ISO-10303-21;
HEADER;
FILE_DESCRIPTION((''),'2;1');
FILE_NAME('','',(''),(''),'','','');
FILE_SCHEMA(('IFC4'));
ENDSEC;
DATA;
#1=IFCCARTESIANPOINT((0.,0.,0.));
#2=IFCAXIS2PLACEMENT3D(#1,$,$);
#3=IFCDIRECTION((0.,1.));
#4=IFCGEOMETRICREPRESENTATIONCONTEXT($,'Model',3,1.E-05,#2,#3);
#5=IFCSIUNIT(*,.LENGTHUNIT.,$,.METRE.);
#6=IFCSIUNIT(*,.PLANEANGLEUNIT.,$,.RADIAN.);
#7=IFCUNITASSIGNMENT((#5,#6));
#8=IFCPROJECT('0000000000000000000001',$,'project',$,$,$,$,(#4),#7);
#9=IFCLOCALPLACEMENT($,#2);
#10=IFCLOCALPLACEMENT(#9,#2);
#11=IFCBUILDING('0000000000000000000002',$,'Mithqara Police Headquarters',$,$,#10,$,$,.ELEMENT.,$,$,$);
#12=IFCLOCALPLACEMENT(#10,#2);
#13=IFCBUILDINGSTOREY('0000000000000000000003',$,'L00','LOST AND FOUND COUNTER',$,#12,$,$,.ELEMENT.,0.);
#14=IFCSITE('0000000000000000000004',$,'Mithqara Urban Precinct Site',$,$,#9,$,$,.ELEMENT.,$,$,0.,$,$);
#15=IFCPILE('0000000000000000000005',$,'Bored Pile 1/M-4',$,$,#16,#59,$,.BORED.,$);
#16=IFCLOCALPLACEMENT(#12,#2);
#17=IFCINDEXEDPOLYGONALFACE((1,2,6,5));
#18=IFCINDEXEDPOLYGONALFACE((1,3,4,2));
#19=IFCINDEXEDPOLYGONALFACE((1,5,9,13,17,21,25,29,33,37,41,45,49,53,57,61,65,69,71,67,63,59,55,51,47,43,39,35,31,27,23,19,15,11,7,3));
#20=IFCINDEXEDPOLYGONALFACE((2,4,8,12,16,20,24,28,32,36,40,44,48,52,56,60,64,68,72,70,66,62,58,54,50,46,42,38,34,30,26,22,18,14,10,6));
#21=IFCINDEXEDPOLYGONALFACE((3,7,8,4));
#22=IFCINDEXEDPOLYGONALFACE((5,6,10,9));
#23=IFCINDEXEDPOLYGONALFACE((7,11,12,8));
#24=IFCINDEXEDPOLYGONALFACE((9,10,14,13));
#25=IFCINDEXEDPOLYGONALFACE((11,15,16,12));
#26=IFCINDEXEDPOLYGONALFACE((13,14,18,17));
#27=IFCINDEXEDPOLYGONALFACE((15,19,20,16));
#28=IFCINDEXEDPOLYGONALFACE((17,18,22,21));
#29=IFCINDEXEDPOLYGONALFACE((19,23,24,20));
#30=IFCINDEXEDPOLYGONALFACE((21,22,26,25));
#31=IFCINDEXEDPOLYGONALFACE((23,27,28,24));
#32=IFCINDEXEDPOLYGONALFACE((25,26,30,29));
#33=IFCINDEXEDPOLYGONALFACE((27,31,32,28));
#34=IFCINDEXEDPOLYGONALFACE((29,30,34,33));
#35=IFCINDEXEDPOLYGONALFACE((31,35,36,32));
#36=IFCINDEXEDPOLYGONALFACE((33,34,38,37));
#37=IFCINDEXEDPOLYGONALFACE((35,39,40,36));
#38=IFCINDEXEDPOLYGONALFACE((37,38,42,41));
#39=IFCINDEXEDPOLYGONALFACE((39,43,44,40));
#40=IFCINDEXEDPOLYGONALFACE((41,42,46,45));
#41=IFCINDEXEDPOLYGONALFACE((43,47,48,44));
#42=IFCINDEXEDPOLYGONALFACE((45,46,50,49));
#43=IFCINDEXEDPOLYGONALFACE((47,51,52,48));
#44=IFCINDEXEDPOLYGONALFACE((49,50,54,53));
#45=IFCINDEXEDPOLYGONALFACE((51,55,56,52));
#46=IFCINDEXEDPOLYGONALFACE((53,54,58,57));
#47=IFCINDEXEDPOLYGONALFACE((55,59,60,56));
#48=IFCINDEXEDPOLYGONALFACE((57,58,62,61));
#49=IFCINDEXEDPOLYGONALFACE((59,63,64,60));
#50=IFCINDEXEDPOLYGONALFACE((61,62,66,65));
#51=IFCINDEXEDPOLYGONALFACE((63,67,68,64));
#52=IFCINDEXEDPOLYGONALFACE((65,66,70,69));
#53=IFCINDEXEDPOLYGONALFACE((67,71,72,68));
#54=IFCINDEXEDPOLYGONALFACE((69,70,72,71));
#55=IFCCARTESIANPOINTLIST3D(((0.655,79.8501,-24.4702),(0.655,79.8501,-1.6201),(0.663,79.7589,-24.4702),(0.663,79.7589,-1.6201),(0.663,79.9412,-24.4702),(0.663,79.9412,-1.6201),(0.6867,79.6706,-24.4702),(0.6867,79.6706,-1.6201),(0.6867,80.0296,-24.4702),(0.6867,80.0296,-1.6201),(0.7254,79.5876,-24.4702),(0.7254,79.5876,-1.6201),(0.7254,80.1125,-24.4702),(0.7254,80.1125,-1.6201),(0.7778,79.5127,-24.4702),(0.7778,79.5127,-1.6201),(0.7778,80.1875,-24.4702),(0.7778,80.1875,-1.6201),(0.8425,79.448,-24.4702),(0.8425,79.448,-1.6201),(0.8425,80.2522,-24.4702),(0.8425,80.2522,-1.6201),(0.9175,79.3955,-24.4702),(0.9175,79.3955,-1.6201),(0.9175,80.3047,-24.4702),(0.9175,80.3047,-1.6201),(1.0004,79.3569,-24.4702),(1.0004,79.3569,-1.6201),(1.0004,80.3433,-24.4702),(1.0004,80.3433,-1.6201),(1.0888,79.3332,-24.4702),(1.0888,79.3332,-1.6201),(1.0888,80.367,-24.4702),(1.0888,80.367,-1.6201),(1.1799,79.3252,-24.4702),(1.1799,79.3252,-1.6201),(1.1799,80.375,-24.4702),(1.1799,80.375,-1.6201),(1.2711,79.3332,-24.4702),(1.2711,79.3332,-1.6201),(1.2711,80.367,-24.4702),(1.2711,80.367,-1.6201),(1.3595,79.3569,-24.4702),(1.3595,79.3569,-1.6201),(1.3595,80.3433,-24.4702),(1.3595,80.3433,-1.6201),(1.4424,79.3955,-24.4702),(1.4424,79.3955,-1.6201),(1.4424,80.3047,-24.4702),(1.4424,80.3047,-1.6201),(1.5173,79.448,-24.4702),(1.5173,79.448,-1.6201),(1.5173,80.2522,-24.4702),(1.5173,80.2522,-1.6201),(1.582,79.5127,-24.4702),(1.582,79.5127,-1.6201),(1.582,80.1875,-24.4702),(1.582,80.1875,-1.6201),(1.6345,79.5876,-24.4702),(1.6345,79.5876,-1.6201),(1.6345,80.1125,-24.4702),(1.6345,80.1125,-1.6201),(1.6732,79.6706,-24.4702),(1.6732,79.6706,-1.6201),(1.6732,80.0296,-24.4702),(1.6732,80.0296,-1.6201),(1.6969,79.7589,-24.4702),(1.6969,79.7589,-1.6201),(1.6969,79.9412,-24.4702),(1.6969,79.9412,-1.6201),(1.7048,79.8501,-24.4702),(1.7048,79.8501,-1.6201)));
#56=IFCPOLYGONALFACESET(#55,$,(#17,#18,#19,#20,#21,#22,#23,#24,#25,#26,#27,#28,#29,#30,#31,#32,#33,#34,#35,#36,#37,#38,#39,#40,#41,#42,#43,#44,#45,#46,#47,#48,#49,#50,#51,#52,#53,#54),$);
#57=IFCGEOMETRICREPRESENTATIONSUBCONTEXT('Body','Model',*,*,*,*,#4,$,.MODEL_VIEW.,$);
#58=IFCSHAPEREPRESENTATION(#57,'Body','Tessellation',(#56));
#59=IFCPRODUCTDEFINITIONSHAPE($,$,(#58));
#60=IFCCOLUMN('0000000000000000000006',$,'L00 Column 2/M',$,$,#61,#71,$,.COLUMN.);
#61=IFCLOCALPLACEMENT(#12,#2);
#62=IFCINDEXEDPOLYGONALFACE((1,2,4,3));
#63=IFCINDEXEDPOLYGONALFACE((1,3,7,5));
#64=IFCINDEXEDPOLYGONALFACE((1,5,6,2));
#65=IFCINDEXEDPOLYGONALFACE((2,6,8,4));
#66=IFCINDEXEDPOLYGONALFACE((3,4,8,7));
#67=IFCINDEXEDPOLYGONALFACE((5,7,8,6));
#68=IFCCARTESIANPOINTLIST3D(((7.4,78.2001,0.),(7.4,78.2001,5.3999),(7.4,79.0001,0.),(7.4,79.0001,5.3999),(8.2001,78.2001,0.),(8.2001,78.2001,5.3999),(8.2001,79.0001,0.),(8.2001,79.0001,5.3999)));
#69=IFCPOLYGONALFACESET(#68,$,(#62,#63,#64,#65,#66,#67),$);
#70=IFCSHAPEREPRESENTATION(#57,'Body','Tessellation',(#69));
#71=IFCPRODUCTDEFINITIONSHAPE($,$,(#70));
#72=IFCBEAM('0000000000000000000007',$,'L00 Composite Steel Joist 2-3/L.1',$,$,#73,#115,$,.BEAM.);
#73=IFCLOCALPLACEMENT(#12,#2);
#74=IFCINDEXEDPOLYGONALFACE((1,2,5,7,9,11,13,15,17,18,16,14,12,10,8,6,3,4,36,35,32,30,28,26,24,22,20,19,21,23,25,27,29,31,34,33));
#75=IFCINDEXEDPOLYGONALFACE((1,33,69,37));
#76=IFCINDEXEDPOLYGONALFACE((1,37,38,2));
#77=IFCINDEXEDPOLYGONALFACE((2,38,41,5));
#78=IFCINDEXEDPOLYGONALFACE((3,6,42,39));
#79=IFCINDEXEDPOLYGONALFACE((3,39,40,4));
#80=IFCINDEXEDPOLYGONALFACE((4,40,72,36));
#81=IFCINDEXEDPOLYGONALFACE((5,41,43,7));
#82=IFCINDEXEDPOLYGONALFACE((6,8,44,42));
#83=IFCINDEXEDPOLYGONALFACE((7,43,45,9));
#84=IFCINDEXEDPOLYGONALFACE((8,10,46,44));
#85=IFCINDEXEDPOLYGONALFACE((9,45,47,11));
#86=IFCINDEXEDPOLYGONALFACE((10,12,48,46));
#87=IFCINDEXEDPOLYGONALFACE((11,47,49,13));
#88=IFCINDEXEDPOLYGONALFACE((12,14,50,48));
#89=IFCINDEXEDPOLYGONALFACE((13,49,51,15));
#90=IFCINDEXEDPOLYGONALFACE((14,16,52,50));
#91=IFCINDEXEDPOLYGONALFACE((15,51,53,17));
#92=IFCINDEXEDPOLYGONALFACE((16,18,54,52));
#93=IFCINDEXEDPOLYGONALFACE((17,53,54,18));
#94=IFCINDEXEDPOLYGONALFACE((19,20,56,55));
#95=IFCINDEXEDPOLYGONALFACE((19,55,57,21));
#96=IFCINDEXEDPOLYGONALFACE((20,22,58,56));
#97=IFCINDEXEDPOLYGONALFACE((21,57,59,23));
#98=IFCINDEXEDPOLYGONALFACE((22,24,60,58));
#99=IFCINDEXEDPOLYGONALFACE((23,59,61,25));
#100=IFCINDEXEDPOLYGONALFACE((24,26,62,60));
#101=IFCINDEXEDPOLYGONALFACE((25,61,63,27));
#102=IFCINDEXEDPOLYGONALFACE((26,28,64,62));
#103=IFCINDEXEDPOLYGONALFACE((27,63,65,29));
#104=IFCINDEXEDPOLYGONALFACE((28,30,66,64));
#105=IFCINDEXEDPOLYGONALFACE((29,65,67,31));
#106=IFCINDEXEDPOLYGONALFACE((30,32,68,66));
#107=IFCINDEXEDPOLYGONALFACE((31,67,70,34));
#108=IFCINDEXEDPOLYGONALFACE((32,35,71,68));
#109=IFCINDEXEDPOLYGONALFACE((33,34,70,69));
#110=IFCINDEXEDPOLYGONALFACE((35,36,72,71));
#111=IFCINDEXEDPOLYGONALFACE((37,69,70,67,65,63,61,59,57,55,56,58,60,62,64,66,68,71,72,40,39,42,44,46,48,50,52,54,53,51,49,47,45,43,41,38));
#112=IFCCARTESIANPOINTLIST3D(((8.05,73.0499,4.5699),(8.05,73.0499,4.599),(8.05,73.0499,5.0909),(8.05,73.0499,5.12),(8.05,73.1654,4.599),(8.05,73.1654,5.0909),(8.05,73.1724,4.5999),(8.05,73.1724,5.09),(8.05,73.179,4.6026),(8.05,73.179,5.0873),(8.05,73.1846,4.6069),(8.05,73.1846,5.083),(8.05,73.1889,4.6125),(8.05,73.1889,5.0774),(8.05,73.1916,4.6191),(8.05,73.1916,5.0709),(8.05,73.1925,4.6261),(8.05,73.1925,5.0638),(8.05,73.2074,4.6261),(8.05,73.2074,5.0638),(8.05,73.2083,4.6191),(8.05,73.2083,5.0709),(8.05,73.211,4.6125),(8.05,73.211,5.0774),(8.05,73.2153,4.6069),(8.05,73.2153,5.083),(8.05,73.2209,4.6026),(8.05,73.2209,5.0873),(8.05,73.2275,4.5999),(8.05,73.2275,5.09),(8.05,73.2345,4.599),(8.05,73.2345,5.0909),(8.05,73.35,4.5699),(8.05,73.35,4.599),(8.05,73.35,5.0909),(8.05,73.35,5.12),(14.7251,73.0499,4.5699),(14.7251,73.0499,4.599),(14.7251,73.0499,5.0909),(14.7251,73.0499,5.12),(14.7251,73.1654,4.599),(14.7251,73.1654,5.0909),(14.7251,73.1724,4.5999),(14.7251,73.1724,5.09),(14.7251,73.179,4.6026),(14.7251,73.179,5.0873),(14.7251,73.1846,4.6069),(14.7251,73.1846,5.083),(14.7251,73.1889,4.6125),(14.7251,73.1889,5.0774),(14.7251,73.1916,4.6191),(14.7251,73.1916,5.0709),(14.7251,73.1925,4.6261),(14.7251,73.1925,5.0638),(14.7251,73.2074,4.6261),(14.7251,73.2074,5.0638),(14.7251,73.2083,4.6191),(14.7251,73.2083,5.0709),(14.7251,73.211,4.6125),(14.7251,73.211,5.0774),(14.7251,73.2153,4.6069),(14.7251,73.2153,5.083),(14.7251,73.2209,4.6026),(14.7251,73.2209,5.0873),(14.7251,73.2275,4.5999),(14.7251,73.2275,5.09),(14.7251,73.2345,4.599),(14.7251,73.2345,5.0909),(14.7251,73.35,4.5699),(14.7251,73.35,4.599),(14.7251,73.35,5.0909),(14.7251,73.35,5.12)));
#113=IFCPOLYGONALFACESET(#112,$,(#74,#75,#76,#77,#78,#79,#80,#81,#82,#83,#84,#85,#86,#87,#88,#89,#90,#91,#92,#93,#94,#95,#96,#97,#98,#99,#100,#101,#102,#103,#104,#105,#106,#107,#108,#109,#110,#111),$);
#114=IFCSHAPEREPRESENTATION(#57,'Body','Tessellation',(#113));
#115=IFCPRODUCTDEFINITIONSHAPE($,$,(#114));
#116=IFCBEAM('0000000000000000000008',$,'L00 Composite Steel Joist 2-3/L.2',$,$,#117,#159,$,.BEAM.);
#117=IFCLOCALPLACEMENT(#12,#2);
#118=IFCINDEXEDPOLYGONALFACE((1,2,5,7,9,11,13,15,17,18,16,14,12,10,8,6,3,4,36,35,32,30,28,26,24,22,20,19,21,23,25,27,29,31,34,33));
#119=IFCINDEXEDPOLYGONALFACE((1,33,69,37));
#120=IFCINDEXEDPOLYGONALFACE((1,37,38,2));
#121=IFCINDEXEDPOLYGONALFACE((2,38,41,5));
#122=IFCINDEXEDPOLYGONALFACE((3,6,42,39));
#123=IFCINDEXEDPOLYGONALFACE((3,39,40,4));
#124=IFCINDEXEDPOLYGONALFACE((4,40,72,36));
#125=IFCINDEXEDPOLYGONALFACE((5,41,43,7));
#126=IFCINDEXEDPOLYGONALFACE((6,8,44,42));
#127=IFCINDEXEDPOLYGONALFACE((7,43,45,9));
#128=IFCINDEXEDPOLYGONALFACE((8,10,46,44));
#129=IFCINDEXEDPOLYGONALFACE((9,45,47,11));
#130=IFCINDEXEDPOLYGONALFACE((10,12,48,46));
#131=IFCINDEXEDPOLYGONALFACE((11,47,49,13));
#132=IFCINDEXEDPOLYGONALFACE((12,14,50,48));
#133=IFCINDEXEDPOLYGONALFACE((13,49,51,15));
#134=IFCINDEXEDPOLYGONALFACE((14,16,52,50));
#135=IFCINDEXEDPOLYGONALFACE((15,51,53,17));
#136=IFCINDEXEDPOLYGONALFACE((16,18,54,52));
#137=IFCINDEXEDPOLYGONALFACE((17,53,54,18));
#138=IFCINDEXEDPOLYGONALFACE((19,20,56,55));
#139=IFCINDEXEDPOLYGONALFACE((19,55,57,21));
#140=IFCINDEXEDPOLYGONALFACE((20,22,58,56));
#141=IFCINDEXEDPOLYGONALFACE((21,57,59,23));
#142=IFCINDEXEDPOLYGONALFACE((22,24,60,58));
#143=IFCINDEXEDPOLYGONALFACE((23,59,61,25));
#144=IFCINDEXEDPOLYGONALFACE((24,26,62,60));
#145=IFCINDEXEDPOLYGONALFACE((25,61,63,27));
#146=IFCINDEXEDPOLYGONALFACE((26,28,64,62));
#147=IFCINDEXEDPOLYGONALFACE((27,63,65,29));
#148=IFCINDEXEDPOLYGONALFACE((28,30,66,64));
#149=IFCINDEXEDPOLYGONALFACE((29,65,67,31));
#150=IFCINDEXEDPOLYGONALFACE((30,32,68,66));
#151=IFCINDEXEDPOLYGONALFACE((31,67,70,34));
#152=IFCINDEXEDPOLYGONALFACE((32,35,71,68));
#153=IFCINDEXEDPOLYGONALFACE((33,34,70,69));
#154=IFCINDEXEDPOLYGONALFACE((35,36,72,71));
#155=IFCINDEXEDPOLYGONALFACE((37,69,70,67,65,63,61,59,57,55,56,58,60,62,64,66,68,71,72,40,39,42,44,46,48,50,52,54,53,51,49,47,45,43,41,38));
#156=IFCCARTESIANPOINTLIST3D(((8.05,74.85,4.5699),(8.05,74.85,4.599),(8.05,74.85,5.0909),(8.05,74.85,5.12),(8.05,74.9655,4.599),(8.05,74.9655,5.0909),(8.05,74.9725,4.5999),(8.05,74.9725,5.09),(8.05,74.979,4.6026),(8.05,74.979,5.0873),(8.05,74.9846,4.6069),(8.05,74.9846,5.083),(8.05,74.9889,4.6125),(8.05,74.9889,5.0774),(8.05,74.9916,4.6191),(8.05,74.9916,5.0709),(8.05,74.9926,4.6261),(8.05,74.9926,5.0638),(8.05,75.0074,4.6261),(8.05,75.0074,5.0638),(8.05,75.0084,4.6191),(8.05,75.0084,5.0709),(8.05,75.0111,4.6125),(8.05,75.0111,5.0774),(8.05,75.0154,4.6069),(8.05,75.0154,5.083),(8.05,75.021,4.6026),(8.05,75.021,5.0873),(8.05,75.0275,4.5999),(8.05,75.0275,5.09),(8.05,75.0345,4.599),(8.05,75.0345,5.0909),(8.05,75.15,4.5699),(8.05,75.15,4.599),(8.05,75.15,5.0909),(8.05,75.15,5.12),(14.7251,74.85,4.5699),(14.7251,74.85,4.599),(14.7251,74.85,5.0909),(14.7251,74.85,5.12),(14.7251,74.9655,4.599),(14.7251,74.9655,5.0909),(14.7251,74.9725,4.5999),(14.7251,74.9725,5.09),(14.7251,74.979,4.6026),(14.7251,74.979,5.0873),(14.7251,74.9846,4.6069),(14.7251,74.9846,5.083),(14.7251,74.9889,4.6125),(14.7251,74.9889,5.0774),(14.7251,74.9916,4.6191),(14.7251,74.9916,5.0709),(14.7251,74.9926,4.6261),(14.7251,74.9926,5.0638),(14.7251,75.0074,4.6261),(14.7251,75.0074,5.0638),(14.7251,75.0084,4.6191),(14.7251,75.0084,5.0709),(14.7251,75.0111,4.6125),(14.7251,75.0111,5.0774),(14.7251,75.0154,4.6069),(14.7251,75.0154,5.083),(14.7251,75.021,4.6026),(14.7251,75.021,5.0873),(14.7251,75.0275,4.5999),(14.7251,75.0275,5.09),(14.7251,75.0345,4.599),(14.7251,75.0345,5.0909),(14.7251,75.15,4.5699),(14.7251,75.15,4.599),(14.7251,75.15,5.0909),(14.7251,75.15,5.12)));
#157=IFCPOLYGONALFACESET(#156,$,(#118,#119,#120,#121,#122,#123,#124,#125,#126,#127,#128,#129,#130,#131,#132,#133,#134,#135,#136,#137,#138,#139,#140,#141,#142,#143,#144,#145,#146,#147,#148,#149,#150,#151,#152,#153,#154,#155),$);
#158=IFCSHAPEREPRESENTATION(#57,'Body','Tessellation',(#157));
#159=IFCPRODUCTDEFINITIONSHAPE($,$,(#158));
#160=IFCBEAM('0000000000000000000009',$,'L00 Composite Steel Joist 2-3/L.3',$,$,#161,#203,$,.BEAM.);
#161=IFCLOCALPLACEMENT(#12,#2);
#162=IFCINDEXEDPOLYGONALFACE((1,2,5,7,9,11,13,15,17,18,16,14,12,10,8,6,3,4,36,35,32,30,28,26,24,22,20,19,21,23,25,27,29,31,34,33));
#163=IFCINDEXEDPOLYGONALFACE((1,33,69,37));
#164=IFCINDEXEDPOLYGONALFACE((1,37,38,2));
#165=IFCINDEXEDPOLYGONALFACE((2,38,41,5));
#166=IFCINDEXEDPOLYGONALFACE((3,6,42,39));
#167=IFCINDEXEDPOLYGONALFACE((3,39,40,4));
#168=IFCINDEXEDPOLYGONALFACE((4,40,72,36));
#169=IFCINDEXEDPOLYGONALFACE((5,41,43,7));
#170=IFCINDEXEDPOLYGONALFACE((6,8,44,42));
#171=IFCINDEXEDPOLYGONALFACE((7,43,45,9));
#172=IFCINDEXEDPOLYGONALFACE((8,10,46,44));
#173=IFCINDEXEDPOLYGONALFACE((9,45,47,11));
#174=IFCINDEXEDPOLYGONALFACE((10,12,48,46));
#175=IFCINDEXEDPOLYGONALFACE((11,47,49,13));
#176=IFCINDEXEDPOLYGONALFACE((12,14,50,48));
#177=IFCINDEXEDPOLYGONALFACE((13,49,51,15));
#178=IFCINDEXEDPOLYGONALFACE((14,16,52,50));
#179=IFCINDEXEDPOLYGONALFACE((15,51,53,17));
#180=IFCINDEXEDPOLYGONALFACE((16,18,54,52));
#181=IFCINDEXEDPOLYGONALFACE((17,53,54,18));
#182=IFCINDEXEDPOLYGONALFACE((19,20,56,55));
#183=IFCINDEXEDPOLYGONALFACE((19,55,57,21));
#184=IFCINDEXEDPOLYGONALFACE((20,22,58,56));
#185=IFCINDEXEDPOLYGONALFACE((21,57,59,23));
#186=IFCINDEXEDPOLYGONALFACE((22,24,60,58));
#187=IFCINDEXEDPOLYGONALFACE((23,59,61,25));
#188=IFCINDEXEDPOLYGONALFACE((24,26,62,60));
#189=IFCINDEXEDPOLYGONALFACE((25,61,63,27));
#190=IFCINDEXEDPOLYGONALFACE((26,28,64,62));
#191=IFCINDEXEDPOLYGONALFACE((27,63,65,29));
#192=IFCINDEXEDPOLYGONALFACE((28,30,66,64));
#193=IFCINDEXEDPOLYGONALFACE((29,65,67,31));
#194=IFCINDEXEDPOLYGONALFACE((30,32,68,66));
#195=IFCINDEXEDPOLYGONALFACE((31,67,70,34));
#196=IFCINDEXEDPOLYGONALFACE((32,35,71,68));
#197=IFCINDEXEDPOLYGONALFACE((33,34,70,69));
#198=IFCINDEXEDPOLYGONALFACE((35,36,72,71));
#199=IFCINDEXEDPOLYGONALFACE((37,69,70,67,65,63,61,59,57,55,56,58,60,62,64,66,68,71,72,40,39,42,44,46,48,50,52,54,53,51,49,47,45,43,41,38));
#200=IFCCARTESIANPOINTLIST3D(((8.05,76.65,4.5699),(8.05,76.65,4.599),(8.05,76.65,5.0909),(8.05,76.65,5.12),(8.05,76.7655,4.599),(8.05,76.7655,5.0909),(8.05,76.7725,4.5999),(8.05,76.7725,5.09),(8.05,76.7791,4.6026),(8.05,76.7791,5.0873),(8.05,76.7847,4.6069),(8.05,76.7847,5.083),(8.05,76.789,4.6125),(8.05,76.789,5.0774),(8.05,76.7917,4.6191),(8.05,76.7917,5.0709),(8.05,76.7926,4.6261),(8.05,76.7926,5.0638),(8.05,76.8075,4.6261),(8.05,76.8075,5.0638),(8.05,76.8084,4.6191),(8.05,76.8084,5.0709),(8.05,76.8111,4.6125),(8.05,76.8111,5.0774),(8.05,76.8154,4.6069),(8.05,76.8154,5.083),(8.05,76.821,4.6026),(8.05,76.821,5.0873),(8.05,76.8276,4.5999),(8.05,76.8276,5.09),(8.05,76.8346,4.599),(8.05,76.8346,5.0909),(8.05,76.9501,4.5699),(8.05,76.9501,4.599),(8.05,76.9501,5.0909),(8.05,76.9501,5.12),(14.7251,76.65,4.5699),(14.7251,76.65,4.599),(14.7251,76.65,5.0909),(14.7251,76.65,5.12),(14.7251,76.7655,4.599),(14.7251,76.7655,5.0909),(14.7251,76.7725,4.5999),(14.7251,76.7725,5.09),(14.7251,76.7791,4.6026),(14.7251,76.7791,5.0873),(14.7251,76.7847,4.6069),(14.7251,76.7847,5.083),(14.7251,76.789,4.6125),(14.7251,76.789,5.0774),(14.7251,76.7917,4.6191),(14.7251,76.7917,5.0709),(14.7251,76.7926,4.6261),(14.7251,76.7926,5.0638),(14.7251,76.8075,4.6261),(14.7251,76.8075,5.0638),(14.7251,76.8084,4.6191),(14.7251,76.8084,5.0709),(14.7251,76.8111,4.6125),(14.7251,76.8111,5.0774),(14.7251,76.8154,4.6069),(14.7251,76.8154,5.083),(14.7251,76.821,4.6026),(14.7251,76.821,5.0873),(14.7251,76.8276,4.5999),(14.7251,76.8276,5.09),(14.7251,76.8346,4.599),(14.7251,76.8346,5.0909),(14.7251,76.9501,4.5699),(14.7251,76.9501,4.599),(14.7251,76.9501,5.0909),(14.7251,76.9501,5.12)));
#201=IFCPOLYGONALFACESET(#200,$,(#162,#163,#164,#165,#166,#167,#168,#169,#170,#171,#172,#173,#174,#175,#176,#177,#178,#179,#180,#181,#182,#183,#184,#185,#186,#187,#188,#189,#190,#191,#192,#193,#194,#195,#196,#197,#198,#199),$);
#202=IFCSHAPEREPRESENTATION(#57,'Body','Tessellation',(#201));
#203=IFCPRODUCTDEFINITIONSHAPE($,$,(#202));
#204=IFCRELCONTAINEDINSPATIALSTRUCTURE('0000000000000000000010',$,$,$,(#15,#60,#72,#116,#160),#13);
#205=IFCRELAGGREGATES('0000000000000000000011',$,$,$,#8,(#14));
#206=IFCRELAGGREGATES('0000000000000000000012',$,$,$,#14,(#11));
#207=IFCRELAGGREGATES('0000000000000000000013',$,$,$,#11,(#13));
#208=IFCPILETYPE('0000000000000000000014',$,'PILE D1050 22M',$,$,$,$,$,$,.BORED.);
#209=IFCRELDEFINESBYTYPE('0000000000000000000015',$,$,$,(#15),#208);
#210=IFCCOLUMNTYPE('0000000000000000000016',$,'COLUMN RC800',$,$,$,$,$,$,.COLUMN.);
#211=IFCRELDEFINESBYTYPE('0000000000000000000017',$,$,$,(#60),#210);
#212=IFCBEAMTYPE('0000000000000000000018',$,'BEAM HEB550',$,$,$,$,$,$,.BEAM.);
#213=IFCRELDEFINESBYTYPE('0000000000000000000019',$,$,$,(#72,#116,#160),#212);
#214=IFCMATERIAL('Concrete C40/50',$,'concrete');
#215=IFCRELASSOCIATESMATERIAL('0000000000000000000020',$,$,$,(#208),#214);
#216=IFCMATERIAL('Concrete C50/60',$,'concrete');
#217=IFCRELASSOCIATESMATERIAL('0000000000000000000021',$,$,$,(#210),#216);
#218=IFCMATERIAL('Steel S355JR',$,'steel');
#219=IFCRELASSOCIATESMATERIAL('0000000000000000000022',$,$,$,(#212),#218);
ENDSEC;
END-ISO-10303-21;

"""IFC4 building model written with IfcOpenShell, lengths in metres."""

from ifc_helpers import new_model, si_unit, direction, frame, origin, origin_2d, place, context, subcontext, project, spatial, rectangle, circle, i_section, extrude, material, material_profile, profile_set, type_object, element, save


model = new_model("IFC4")

# Units and contexts
model_context = context("Model", 3, precision=1e-05, world=origin(), true_north=direction((0.0, 1.0)))
body_context = subcontext(model_context, "Body", "Model", "MODEL_VIEW")
ifc_project = project(units=[si_unit("LENGTHUNIT", "METRE"), si_unit("PLANEANGLEUNIT", "RADIAN")], contexts=[model_context])

# Site, building, storey
site_placement = place(None, origin())
site = spatial("IfcSite", under=ifc_project, at=site_placement, Name="Mithqara Urban Precinct Site", CompositionType="ELEMENT", RefElevation=0.0)
building_placement = place(site_placement, origin())
building = spatial("IfcBuilding", under=site, at=building_placement, Name="Mithqara Police Headquarters", CompositionType="ELEMENT")
storey_placement = place(building_placement, origin())
storey = spatial("IfcBuildingStorey", under=building, at=storey_placement, Name="L00", Description="LOST AND FOUND COUNTER", CompositionType="ELEMENT", Elevation=0.0)

# Pile
ifc_material_1 = material(Name="Concrete C40/50", Category="concrete")
ifc_material_profile_1 = material_profile(ifc_material_1, circle(Radius=0.5249, at=origin_2d()), Name="PILE D1050")
ifc_profile_set_1 = profile_set([ifc_material_profile_1], Name="Concrete C40/50")
pile_type = type_object("IfcPileType", Name="PILE D1050 22M", PredefinedType="BORED", material=ifc_profile_set_1)
pile_placement = place(storey_placement, frame((1.1799, 79.8501, -1.6201), z_axis=(0.0, 0.0, -1.0), x_axis=(1.0, 0.0, 0.0)))
element("IfcPile", 1, at=pile_placement, inside=storey, type_object=pile_type, Name="Bored Pile 1/M-4", PredefinedType="BORED", context=body_context, shape_type="SweptSolid", body=[
    extrude(circle(Radius=0.5249, at=origin_2d()), origin(), (0.0, 0.0, 1.0), 22.8501),
])

# Column
ifc_material_2 = material(Name="Concrete C50/60", Category="concrete")
ifc_material_profile_2 = material_profile(ifc_material_2, rectangle(XDim=0.8, YDim=0.8, at=origin_2d()), Name="RC 800x800")
ifc_profile_set_2 = profile_set([ifc_material_profile_2], Name="Concrete C50/60")
column_type = type_object("IfcColumnType", Name="COLUMN RC800", PredefinedType="COLUMN", material=ifc_profile_set_2)
column_placement = place(storey_placement, frame((7.8, 78.6001, 0.0), z_axis=(0.0, 0.0, 1.0), x_axis=(1.0, 0.0, 0.0)))
element("IfcColumn", 2, at=column_placement, inside=storey, type_object=column_type, Name="L00 Column 2/M", PredefinedType="COLUMN", context=body_context, shape_type="SweptSolid", body=[
    extrude(rectangle(XDim=0.8, YDim=0.8, at=origin_2d()), origin(), (0.0, 0.0, 1.0), 5.3999),
])

# Beams
ifc_material_3 = material(Name="Steel S355JR", Category="steel")
ifc_material_profile_3 = material_profile(ifc_material_3, i_section(OverallWidth=0.3, OverallDepth=0.55, WebThickness=0.0149, FlangeThickness=0.0291, FilletRadius=0.0271, at=origin_2d()), Name="HEB 550")
ifc_profile_set_3 = profile_set([ifc_material_profile_3], Name="Steel S355JR")
beam_type_1 = type_object("IfcBeamType", Name="BEAM HEB550", PredefinedType="BEAM", material=ifc_profile_set_3)
for number, where, z_axis, x_axis, name in (
    (3, (8.05, 73.2, 4.845), (1.0, 0.0, 0.0), (0.0, 1.0, 0.0), "L00 Composite Steel Joist 2-3/L.1"),
    (4, (8.05, 75.0, 4.845), (1.0, 0.0, 0.0), (0.0, 1.0, 0.0), "L00 Composite Steel Joist 2-3/L.2"),
    (5, (8.05, 76.8, 4.845), (1.0, 0.0, 0.0), (0.0, 1.0, 0.0), "L00 Composite Steel Joist 2-3/L.3"),
):
    element("IfcBeam", number, at=place(storey_placement, frame(where, z_axis=z_axis, x_axis=x_axis)), inside=storey, type_object=beam_type_1, Name=name, PredefinedType="BEAM", context=body_context, shape_type="SweptSolid", body=[
        extrude(i_section(OverallWidth=0.3, OverallDepth=0.55, WebThickness=0.0149, FlangeThickness=0.0291, FilletRadius=0.0271, at=origin_2d()), origin(), (0.0, 0.0, 1.0), 6.675),
    ])

save(model, "model.ifc")
